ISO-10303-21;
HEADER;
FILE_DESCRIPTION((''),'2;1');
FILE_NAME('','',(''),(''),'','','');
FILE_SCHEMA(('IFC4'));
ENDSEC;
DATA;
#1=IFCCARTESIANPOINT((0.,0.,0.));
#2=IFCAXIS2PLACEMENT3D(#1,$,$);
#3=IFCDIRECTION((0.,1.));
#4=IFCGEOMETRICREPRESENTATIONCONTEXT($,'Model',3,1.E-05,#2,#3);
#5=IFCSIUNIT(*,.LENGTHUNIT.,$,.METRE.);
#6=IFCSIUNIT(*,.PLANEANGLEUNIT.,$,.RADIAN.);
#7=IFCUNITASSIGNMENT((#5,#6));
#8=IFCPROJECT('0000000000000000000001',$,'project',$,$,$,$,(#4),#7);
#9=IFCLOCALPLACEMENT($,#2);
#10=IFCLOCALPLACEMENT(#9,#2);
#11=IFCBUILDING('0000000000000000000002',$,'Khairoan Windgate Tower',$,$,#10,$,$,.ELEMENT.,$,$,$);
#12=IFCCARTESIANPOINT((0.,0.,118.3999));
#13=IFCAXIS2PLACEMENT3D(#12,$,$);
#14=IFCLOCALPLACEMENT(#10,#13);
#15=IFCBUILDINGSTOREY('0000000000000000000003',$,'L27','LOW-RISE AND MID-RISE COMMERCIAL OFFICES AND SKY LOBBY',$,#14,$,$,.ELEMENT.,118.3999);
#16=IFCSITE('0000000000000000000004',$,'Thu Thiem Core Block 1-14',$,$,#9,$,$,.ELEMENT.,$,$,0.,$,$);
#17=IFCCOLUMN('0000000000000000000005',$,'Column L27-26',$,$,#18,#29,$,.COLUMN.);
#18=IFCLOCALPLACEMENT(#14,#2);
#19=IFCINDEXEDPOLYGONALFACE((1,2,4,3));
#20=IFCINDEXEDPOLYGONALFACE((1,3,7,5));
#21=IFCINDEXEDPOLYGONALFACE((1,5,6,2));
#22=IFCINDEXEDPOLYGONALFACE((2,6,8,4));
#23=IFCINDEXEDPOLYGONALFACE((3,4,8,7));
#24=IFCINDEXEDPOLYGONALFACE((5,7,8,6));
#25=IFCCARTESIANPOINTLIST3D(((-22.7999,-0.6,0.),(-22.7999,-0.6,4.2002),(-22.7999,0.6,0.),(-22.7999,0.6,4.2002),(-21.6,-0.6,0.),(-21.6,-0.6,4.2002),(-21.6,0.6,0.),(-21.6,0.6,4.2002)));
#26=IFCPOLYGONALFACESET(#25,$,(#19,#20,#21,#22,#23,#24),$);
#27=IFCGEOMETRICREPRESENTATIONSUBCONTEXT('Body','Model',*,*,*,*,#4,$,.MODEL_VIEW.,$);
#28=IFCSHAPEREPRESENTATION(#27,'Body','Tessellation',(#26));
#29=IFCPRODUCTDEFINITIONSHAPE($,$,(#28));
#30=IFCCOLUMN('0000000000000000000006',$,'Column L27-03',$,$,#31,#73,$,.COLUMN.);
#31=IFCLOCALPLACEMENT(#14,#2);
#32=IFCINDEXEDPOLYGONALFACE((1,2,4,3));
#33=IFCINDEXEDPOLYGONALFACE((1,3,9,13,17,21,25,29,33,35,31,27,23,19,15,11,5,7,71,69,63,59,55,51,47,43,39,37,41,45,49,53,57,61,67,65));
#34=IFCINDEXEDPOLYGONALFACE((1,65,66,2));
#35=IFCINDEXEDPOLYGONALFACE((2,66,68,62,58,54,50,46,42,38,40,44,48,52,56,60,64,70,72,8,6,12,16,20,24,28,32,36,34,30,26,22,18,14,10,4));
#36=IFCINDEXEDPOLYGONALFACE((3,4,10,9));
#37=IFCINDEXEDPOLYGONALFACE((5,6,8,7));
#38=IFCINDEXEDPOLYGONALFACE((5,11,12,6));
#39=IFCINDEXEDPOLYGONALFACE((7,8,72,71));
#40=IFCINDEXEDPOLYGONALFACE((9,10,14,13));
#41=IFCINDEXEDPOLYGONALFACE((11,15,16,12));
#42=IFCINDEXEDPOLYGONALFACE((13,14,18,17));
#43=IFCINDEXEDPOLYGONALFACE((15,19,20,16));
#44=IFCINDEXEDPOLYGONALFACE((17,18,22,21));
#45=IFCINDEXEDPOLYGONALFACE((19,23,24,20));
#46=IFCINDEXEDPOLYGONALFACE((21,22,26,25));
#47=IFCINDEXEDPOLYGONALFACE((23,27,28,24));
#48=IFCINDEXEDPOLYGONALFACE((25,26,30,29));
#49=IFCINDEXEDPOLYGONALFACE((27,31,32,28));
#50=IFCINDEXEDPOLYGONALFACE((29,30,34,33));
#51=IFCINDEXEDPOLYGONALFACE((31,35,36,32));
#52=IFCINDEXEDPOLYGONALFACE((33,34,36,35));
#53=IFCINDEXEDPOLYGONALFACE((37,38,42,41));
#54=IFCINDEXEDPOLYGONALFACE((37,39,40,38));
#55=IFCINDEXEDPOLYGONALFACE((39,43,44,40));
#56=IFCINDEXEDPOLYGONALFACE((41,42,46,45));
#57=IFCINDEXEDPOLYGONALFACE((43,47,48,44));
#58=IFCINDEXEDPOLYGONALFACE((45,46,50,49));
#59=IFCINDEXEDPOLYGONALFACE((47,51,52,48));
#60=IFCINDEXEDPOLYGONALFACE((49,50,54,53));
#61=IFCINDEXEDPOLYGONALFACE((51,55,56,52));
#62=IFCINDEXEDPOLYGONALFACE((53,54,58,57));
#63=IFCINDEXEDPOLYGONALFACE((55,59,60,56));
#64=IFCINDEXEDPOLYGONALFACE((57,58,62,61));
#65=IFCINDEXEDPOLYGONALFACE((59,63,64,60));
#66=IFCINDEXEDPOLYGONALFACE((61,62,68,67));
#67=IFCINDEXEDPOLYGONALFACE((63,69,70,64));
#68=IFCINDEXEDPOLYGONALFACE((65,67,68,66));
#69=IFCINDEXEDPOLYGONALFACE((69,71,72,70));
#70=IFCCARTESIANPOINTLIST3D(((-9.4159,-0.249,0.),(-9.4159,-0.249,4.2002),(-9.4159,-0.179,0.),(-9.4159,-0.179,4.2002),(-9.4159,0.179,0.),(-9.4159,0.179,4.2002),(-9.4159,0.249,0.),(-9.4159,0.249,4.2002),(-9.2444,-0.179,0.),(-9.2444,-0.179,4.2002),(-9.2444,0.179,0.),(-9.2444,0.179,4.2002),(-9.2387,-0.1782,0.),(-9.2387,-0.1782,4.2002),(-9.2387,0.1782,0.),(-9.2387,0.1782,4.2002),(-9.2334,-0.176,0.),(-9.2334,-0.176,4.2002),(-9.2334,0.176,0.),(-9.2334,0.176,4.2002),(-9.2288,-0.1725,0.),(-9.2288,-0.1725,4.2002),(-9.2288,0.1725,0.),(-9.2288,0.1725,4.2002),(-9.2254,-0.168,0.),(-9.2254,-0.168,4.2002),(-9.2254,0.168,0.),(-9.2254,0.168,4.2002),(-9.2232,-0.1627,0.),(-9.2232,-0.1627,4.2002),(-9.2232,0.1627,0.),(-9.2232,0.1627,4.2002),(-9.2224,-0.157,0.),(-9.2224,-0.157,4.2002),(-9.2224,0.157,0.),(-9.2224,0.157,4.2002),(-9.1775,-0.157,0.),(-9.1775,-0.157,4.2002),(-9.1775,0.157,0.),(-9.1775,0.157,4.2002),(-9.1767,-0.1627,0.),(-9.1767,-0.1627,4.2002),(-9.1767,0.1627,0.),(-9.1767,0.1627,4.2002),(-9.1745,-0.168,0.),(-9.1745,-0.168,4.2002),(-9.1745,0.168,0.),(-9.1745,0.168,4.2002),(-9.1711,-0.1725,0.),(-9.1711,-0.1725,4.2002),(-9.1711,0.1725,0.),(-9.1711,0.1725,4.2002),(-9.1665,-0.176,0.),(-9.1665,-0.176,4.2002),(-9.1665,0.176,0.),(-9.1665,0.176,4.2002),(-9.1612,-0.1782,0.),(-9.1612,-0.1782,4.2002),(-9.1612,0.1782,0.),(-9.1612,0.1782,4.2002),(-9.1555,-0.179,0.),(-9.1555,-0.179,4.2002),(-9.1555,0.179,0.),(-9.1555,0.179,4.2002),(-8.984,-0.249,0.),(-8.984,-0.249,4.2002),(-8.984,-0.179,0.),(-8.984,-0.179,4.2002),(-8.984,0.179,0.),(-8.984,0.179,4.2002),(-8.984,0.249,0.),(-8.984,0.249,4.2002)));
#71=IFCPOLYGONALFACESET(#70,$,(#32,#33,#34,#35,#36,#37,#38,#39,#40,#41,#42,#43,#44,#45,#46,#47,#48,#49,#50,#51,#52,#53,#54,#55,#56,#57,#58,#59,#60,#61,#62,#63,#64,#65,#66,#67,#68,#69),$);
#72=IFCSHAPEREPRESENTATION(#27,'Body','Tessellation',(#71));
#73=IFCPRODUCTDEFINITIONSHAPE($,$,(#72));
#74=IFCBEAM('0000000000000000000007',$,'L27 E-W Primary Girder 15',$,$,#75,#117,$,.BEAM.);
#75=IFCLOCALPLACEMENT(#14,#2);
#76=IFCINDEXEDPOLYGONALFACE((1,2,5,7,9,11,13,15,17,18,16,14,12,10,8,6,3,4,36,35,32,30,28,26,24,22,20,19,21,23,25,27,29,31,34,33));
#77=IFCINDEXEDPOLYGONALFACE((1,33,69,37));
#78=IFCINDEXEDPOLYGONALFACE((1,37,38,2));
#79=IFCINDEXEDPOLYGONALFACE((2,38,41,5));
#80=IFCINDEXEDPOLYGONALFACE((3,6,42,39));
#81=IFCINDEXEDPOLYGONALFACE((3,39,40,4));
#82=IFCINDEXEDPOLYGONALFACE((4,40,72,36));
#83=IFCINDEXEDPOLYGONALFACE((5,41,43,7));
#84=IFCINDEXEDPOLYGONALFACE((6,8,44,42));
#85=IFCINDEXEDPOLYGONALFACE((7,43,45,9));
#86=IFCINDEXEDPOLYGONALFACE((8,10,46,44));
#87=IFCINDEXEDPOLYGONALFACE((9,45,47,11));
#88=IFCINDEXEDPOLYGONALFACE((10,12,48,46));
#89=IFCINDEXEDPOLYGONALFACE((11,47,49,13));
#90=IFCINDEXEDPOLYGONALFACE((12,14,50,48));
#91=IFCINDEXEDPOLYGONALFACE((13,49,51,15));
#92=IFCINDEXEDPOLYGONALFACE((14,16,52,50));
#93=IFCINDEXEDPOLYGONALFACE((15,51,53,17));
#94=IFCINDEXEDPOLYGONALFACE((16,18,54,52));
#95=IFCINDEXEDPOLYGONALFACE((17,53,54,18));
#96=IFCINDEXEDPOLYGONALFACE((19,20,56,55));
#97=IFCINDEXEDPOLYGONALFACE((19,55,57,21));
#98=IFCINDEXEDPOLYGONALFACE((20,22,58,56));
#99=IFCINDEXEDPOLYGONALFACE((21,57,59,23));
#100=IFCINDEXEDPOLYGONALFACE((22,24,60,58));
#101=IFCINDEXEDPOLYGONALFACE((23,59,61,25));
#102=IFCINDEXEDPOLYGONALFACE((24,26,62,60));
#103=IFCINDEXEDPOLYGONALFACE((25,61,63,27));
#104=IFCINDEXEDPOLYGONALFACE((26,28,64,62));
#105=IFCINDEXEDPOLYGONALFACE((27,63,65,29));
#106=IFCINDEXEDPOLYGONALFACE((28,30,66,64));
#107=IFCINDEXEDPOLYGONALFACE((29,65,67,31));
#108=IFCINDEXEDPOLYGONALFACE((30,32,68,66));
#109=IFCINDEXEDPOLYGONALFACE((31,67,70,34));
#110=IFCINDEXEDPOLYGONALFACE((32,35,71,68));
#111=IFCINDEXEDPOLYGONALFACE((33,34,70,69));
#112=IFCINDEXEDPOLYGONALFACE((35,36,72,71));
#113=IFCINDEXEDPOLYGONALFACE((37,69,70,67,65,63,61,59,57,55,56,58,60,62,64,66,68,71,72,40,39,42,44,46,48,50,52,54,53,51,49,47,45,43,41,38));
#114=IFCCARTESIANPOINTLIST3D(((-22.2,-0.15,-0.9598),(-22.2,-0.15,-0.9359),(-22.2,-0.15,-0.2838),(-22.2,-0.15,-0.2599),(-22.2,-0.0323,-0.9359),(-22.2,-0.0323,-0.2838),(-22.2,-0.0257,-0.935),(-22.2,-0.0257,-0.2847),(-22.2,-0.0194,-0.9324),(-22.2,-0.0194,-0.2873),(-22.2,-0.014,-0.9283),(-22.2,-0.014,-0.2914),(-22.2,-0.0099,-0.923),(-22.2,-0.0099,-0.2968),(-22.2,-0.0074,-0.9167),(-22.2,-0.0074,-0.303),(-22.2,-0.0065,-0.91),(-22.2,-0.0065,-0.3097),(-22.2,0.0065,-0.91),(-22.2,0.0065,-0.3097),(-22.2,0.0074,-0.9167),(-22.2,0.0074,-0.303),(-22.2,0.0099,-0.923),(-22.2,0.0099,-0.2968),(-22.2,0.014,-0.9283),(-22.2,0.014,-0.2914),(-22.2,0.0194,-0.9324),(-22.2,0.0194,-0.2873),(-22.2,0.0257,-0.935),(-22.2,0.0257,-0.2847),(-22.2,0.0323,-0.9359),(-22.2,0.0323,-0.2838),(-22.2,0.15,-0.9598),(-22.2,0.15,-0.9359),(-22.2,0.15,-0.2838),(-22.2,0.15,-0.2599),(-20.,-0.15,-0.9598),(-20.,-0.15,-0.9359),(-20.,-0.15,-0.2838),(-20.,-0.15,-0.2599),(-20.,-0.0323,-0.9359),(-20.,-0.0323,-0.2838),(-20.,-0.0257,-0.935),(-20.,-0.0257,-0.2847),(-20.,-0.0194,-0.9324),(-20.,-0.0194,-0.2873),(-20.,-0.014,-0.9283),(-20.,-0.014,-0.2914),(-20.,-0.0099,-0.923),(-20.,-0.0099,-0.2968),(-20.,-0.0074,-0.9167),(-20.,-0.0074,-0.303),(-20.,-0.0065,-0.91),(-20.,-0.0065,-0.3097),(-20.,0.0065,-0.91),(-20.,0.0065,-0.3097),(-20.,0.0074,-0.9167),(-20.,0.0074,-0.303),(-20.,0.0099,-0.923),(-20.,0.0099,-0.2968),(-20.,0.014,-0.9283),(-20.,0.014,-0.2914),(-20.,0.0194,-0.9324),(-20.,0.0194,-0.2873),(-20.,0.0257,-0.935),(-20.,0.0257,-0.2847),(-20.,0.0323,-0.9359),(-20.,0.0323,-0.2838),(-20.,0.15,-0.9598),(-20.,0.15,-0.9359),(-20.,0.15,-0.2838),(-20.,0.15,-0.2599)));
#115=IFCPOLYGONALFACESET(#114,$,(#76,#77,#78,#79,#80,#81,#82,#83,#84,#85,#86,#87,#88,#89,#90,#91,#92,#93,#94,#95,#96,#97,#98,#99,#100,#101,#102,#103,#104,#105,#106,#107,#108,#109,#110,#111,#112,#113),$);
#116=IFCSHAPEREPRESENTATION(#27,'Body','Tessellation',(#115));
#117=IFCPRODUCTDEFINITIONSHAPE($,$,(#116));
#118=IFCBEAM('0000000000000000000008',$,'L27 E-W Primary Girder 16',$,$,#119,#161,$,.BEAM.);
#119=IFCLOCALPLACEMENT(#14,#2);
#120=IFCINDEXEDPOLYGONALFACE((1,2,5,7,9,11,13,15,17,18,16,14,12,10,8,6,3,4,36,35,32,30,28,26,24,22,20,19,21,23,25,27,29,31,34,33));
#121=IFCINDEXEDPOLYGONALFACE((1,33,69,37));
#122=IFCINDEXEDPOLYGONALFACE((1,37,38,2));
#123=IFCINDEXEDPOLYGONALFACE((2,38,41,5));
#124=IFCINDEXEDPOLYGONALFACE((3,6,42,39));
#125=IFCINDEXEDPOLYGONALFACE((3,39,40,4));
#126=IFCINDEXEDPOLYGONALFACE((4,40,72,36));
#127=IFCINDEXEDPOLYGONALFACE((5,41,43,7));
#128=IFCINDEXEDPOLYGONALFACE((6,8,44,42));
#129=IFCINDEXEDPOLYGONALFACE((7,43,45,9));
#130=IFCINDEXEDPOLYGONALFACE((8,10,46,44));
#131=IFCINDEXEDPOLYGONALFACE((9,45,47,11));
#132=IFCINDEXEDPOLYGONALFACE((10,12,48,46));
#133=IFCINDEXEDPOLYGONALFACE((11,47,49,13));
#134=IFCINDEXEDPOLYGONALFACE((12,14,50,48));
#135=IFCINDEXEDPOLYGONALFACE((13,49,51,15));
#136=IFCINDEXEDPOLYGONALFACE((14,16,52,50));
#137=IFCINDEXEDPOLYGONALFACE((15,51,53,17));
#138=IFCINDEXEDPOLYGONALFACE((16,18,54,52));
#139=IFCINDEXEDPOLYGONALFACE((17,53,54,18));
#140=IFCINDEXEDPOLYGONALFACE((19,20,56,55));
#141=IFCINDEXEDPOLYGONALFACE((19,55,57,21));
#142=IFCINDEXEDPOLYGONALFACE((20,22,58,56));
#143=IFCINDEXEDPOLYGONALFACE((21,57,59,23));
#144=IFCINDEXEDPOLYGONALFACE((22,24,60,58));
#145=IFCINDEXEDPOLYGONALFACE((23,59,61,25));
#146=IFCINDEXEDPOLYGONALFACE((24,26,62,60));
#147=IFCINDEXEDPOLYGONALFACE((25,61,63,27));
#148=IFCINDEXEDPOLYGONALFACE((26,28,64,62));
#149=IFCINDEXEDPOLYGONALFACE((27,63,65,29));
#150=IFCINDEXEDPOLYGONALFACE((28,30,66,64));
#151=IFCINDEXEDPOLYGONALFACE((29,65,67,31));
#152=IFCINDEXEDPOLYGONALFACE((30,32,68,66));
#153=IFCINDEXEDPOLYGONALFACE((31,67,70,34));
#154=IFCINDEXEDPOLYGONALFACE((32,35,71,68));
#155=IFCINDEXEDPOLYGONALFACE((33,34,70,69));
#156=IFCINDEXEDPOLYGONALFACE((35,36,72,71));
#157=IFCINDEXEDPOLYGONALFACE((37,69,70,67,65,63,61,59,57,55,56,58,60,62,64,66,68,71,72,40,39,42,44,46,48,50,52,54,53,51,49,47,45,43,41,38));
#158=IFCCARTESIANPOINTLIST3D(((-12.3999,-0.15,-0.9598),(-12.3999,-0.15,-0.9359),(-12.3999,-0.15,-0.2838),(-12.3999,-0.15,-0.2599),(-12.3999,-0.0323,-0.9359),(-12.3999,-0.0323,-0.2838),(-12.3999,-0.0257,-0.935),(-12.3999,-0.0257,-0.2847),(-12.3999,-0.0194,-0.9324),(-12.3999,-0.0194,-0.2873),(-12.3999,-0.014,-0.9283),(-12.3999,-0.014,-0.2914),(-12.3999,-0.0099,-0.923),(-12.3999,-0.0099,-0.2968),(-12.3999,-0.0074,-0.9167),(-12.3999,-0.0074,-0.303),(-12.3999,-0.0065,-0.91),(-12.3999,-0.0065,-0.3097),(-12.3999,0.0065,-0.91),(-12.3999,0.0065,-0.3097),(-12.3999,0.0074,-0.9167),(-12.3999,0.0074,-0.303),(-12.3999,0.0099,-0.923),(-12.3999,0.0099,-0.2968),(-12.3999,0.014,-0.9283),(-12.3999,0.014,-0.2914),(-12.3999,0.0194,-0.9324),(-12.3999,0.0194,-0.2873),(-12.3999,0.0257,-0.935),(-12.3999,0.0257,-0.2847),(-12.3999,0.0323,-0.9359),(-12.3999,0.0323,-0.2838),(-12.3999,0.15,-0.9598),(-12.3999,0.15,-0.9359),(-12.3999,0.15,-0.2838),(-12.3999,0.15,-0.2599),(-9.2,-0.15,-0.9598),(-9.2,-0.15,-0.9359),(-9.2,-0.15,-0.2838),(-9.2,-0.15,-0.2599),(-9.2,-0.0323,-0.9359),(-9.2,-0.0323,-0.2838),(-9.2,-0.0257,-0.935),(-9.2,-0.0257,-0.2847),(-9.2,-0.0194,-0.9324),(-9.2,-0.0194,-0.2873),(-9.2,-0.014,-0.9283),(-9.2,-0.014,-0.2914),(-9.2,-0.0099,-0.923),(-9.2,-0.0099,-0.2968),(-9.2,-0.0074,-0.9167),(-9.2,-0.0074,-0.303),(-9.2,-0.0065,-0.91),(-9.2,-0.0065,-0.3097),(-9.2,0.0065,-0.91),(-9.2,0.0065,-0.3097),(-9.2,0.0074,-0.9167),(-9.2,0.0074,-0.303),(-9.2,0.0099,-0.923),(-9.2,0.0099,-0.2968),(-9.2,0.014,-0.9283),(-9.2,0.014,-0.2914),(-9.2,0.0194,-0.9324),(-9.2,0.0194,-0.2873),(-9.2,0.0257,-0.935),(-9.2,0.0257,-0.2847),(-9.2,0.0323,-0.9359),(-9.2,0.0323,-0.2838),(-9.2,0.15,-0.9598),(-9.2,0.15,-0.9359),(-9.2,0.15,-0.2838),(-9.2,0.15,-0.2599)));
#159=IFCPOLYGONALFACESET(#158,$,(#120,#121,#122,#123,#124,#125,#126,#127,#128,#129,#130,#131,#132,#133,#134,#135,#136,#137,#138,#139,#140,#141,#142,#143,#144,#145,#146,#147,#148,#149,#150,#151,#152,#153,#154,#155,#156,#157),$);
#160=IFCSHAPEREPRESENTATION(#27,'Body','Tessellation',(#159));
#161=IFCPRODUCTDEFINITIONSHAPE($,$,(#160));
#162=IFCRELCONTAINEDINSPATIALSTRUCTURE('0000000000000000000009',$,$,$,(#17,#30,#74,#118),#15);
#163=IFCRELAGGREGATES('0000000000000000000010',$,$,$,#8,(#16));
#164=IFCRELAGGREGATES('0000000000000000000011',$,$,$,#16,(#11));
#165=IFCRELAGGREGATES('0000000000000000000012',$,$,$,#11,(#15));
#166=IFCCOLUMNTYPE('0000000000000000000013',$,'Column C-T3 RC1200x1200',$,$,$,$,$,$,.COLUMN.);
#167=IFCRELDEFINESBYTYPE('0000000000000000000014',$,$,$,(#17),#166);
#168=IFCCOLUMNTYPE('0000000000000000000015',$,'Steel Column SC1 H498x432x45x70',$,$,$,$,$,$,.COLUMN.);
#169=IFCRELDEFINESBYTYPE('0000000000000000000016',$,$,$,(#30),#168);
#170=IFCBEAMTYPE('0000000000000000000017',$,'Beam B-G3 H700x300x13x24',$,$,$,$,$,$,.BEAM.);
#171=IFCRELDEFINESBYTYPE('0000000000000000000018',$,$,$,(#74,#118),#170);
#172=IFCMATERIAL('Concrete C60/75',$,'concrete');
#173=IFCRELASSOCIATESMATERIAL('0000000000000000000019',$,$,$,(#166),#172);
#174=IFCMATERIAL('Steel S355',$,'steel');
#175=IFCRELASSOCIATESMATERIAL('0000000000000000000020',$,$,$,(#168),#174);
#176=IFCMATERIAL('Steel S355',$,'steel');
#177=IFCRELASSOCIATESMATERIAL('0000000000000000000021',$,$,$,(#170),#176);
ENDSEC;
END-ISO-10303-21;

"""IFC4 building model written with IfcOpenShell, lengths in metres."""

from ifc_helpers import new_model, si_unit, direction, frame, origin, origin_2d, place, context, subcontext, project, spatial, rectangle, i_section, extrude, material, material_profile, profile_set, type_object, element, save


model = new_model("IFC4")

# Units and contexts
model_context = context("Model", 3, precision=1e-05, world=origin(), true_north=direction((0.0, 1.0)))
body_context = subcontext(model_context, "Body", "Model", "MODEL_VIEW")
ifc_project = project(units=[si_unit("LENGTHUNIT", "METRE"), si_unit("PLANEANGLEUNIT", "RADIAN")], contexts=[model_context])

# Site, building, storey
site_placement = place(None, origin())
site = spatial("IfcSite", under=ifc_project, at=site_placement, Name="Thu Thiem Core Block 1-14", CompositionType="ELEMENT", RefElevation=0.0)
building_placement = place(site_placement, origin())
building = spatial("IfcBuilding", under=site, at=building_placement, Name="Khairoan Windgate Tower", CompositionType="ELEMENT")
storey_placement = place(building_placement, frame((0.0, 0.0, 118.3999)))
storey = spatial("IfcBuildingStorey", under=building, at=storey_placement, Name="L27", Description="LOW-RISE AND MID-RISE COMMERCIAL OFFICES AND SKY LOBBY", CompositionType="ELEMENT", Elevation=118.3999)

# Columns
ifc_material_1 = material(Name="Concrete C60/75", Category="concrete")
ifc_material_profile_1 = material_profile(ifc_material_1, rectangle(XDim=1.2, YDim=1.2, at=origin_2d()))
ifc_profile_set_1 = profile_set([ifc_material_profile_1], Name="Concrete C60/75")
column_type_1 = type_object("IfcColumnType", Name="Column C-T3 RC1200x1200", PredefinedType="COLUMN", material=ifc_profile_set_1)
column_1_placement = place(storey_placement, frame((-22.2, 0.0, 0.0), z_axis=(0.0, 0.0, 1.0), x_axis=(1.0, 0.0, 0.0)))
element("IfcColumn", 1, at=column_1_placement, inside=storey, type_object=column_type_1, Name="Column L27-26", PredefinedType="COLUMN", context=body_context, shape_type="SweptSolid", body=[
    extrude(rectangle(XDim=1.2, YDim=1.2, at=origin_2d()), origin(), (0.0, 0.0, 1.0), 4.2002),
])
ifc_material_2 = material(Name="Steel S355", Category="steel")
ifc_material_profile_2 = material_profile(ifc_material_2, i_section(OverallWidth=0.4319, OverallDepth=0.498, WebThickness=0.0449, FlangeThickness=0.0701, FilletRadius=0.022, at=origin_2d()))
ifc_profile_set_2 = profile_set([ifc_material_profile_2], Name="Steel S355")
column_type_2 = type_object("IfcColumnType", Name="Steel Column SC1 H498x432x45x70", PredefinedType="COLUMN", material=ifc_profile_set_2)
column_2_placement = place(storey_placement, frame((-9.2, 0.0, 0.0), z_axis=(0.0, 0.0, 1.0), x_axis=(1.0, 0.0, 0.0)))
element("IfcColumn", 2, at=column_2_placement, inside=storey, type_object=column_type_2, Name="Column L27-03", PredefinedType="COLUMN", context=body_context, shape_type="SweptSolid", body=[
    extrude(i_section(OverallWidth=0.4319, OverallDepth=0.498, WebThickness=0.0449, FlangeThickness=0.0701, FilletRadius=0.022, at=origin_2d()), origin(), (0.0, 0.0, 1.0), 4.2002),
])

# Beams
ifc_material_3 = material(Name="Steel S355", Category="steel")
ifc_material_profile_3 = material_profile(ifc_material_3, i_section(OverallWidth=0.3, OverallDepth=0.7, WebThickness=0.0129, FlangeThickness=0.0239, FilletRadius=0.0259, at=origin_2d()))
ifc_profile_set_3 = profile_set([ifc_material_profile_3], Name="Steel S355")
beam_type_1 = type_object("IfcBeamType", Name="Beam B-G3 H700x300x13x24", PredefinedType="BEAM", material=ifc_profile_set_3)
beam_1_placement = place(storey_placement, frame((-22.2, 0.0, -0.6099), z_axis=(1.0, 0.0, 0.0), x_axis=(0.0, 1.0, 0.0)))
element("IfcBeam", 3, at=beam_1_placement, inside=storey, type_object=beam_type_1, Name="L27 E-W Primary Girder 15", PredefinedType="BEAM", context=body_context, shape_type="SweptSolid", body=[
    extrude(i_section(OverallWidth=0.3, OverallDepth=0.7, WebThickness=0.0129, FlangeThickness=0.0239, FilletRadius=0.0259, at=origin_2d()), origin(), (0.0, 0.0, 1.0), 2.2),
])
beam_2_placement = place(storey_placement, frame((-12.3999, 0.0, -0.6099), z_axis=(1.0, 0.0, 0.0), x_axis=(0.0, 1.0, 0.0)))
element("IfcBeam", 4, at=beam_2_placement, inside=storey, type_object=beam_type_1, Name="L27 E-W Primary Girder 16", PredefinedType="BEAM", context=body_context, shape_type="SweptSolid", body=[
    extrude(i_section(OverallWidth=0.3, OverallDepth=0.7, WebThickness=0.0129, FlangeThickness=0.0239, FilletRadius=0.0259, at=origin_2d()), origin(), (0.0, 0.0, 1.0), 3.2),
])

save(model, "model.ifc")
